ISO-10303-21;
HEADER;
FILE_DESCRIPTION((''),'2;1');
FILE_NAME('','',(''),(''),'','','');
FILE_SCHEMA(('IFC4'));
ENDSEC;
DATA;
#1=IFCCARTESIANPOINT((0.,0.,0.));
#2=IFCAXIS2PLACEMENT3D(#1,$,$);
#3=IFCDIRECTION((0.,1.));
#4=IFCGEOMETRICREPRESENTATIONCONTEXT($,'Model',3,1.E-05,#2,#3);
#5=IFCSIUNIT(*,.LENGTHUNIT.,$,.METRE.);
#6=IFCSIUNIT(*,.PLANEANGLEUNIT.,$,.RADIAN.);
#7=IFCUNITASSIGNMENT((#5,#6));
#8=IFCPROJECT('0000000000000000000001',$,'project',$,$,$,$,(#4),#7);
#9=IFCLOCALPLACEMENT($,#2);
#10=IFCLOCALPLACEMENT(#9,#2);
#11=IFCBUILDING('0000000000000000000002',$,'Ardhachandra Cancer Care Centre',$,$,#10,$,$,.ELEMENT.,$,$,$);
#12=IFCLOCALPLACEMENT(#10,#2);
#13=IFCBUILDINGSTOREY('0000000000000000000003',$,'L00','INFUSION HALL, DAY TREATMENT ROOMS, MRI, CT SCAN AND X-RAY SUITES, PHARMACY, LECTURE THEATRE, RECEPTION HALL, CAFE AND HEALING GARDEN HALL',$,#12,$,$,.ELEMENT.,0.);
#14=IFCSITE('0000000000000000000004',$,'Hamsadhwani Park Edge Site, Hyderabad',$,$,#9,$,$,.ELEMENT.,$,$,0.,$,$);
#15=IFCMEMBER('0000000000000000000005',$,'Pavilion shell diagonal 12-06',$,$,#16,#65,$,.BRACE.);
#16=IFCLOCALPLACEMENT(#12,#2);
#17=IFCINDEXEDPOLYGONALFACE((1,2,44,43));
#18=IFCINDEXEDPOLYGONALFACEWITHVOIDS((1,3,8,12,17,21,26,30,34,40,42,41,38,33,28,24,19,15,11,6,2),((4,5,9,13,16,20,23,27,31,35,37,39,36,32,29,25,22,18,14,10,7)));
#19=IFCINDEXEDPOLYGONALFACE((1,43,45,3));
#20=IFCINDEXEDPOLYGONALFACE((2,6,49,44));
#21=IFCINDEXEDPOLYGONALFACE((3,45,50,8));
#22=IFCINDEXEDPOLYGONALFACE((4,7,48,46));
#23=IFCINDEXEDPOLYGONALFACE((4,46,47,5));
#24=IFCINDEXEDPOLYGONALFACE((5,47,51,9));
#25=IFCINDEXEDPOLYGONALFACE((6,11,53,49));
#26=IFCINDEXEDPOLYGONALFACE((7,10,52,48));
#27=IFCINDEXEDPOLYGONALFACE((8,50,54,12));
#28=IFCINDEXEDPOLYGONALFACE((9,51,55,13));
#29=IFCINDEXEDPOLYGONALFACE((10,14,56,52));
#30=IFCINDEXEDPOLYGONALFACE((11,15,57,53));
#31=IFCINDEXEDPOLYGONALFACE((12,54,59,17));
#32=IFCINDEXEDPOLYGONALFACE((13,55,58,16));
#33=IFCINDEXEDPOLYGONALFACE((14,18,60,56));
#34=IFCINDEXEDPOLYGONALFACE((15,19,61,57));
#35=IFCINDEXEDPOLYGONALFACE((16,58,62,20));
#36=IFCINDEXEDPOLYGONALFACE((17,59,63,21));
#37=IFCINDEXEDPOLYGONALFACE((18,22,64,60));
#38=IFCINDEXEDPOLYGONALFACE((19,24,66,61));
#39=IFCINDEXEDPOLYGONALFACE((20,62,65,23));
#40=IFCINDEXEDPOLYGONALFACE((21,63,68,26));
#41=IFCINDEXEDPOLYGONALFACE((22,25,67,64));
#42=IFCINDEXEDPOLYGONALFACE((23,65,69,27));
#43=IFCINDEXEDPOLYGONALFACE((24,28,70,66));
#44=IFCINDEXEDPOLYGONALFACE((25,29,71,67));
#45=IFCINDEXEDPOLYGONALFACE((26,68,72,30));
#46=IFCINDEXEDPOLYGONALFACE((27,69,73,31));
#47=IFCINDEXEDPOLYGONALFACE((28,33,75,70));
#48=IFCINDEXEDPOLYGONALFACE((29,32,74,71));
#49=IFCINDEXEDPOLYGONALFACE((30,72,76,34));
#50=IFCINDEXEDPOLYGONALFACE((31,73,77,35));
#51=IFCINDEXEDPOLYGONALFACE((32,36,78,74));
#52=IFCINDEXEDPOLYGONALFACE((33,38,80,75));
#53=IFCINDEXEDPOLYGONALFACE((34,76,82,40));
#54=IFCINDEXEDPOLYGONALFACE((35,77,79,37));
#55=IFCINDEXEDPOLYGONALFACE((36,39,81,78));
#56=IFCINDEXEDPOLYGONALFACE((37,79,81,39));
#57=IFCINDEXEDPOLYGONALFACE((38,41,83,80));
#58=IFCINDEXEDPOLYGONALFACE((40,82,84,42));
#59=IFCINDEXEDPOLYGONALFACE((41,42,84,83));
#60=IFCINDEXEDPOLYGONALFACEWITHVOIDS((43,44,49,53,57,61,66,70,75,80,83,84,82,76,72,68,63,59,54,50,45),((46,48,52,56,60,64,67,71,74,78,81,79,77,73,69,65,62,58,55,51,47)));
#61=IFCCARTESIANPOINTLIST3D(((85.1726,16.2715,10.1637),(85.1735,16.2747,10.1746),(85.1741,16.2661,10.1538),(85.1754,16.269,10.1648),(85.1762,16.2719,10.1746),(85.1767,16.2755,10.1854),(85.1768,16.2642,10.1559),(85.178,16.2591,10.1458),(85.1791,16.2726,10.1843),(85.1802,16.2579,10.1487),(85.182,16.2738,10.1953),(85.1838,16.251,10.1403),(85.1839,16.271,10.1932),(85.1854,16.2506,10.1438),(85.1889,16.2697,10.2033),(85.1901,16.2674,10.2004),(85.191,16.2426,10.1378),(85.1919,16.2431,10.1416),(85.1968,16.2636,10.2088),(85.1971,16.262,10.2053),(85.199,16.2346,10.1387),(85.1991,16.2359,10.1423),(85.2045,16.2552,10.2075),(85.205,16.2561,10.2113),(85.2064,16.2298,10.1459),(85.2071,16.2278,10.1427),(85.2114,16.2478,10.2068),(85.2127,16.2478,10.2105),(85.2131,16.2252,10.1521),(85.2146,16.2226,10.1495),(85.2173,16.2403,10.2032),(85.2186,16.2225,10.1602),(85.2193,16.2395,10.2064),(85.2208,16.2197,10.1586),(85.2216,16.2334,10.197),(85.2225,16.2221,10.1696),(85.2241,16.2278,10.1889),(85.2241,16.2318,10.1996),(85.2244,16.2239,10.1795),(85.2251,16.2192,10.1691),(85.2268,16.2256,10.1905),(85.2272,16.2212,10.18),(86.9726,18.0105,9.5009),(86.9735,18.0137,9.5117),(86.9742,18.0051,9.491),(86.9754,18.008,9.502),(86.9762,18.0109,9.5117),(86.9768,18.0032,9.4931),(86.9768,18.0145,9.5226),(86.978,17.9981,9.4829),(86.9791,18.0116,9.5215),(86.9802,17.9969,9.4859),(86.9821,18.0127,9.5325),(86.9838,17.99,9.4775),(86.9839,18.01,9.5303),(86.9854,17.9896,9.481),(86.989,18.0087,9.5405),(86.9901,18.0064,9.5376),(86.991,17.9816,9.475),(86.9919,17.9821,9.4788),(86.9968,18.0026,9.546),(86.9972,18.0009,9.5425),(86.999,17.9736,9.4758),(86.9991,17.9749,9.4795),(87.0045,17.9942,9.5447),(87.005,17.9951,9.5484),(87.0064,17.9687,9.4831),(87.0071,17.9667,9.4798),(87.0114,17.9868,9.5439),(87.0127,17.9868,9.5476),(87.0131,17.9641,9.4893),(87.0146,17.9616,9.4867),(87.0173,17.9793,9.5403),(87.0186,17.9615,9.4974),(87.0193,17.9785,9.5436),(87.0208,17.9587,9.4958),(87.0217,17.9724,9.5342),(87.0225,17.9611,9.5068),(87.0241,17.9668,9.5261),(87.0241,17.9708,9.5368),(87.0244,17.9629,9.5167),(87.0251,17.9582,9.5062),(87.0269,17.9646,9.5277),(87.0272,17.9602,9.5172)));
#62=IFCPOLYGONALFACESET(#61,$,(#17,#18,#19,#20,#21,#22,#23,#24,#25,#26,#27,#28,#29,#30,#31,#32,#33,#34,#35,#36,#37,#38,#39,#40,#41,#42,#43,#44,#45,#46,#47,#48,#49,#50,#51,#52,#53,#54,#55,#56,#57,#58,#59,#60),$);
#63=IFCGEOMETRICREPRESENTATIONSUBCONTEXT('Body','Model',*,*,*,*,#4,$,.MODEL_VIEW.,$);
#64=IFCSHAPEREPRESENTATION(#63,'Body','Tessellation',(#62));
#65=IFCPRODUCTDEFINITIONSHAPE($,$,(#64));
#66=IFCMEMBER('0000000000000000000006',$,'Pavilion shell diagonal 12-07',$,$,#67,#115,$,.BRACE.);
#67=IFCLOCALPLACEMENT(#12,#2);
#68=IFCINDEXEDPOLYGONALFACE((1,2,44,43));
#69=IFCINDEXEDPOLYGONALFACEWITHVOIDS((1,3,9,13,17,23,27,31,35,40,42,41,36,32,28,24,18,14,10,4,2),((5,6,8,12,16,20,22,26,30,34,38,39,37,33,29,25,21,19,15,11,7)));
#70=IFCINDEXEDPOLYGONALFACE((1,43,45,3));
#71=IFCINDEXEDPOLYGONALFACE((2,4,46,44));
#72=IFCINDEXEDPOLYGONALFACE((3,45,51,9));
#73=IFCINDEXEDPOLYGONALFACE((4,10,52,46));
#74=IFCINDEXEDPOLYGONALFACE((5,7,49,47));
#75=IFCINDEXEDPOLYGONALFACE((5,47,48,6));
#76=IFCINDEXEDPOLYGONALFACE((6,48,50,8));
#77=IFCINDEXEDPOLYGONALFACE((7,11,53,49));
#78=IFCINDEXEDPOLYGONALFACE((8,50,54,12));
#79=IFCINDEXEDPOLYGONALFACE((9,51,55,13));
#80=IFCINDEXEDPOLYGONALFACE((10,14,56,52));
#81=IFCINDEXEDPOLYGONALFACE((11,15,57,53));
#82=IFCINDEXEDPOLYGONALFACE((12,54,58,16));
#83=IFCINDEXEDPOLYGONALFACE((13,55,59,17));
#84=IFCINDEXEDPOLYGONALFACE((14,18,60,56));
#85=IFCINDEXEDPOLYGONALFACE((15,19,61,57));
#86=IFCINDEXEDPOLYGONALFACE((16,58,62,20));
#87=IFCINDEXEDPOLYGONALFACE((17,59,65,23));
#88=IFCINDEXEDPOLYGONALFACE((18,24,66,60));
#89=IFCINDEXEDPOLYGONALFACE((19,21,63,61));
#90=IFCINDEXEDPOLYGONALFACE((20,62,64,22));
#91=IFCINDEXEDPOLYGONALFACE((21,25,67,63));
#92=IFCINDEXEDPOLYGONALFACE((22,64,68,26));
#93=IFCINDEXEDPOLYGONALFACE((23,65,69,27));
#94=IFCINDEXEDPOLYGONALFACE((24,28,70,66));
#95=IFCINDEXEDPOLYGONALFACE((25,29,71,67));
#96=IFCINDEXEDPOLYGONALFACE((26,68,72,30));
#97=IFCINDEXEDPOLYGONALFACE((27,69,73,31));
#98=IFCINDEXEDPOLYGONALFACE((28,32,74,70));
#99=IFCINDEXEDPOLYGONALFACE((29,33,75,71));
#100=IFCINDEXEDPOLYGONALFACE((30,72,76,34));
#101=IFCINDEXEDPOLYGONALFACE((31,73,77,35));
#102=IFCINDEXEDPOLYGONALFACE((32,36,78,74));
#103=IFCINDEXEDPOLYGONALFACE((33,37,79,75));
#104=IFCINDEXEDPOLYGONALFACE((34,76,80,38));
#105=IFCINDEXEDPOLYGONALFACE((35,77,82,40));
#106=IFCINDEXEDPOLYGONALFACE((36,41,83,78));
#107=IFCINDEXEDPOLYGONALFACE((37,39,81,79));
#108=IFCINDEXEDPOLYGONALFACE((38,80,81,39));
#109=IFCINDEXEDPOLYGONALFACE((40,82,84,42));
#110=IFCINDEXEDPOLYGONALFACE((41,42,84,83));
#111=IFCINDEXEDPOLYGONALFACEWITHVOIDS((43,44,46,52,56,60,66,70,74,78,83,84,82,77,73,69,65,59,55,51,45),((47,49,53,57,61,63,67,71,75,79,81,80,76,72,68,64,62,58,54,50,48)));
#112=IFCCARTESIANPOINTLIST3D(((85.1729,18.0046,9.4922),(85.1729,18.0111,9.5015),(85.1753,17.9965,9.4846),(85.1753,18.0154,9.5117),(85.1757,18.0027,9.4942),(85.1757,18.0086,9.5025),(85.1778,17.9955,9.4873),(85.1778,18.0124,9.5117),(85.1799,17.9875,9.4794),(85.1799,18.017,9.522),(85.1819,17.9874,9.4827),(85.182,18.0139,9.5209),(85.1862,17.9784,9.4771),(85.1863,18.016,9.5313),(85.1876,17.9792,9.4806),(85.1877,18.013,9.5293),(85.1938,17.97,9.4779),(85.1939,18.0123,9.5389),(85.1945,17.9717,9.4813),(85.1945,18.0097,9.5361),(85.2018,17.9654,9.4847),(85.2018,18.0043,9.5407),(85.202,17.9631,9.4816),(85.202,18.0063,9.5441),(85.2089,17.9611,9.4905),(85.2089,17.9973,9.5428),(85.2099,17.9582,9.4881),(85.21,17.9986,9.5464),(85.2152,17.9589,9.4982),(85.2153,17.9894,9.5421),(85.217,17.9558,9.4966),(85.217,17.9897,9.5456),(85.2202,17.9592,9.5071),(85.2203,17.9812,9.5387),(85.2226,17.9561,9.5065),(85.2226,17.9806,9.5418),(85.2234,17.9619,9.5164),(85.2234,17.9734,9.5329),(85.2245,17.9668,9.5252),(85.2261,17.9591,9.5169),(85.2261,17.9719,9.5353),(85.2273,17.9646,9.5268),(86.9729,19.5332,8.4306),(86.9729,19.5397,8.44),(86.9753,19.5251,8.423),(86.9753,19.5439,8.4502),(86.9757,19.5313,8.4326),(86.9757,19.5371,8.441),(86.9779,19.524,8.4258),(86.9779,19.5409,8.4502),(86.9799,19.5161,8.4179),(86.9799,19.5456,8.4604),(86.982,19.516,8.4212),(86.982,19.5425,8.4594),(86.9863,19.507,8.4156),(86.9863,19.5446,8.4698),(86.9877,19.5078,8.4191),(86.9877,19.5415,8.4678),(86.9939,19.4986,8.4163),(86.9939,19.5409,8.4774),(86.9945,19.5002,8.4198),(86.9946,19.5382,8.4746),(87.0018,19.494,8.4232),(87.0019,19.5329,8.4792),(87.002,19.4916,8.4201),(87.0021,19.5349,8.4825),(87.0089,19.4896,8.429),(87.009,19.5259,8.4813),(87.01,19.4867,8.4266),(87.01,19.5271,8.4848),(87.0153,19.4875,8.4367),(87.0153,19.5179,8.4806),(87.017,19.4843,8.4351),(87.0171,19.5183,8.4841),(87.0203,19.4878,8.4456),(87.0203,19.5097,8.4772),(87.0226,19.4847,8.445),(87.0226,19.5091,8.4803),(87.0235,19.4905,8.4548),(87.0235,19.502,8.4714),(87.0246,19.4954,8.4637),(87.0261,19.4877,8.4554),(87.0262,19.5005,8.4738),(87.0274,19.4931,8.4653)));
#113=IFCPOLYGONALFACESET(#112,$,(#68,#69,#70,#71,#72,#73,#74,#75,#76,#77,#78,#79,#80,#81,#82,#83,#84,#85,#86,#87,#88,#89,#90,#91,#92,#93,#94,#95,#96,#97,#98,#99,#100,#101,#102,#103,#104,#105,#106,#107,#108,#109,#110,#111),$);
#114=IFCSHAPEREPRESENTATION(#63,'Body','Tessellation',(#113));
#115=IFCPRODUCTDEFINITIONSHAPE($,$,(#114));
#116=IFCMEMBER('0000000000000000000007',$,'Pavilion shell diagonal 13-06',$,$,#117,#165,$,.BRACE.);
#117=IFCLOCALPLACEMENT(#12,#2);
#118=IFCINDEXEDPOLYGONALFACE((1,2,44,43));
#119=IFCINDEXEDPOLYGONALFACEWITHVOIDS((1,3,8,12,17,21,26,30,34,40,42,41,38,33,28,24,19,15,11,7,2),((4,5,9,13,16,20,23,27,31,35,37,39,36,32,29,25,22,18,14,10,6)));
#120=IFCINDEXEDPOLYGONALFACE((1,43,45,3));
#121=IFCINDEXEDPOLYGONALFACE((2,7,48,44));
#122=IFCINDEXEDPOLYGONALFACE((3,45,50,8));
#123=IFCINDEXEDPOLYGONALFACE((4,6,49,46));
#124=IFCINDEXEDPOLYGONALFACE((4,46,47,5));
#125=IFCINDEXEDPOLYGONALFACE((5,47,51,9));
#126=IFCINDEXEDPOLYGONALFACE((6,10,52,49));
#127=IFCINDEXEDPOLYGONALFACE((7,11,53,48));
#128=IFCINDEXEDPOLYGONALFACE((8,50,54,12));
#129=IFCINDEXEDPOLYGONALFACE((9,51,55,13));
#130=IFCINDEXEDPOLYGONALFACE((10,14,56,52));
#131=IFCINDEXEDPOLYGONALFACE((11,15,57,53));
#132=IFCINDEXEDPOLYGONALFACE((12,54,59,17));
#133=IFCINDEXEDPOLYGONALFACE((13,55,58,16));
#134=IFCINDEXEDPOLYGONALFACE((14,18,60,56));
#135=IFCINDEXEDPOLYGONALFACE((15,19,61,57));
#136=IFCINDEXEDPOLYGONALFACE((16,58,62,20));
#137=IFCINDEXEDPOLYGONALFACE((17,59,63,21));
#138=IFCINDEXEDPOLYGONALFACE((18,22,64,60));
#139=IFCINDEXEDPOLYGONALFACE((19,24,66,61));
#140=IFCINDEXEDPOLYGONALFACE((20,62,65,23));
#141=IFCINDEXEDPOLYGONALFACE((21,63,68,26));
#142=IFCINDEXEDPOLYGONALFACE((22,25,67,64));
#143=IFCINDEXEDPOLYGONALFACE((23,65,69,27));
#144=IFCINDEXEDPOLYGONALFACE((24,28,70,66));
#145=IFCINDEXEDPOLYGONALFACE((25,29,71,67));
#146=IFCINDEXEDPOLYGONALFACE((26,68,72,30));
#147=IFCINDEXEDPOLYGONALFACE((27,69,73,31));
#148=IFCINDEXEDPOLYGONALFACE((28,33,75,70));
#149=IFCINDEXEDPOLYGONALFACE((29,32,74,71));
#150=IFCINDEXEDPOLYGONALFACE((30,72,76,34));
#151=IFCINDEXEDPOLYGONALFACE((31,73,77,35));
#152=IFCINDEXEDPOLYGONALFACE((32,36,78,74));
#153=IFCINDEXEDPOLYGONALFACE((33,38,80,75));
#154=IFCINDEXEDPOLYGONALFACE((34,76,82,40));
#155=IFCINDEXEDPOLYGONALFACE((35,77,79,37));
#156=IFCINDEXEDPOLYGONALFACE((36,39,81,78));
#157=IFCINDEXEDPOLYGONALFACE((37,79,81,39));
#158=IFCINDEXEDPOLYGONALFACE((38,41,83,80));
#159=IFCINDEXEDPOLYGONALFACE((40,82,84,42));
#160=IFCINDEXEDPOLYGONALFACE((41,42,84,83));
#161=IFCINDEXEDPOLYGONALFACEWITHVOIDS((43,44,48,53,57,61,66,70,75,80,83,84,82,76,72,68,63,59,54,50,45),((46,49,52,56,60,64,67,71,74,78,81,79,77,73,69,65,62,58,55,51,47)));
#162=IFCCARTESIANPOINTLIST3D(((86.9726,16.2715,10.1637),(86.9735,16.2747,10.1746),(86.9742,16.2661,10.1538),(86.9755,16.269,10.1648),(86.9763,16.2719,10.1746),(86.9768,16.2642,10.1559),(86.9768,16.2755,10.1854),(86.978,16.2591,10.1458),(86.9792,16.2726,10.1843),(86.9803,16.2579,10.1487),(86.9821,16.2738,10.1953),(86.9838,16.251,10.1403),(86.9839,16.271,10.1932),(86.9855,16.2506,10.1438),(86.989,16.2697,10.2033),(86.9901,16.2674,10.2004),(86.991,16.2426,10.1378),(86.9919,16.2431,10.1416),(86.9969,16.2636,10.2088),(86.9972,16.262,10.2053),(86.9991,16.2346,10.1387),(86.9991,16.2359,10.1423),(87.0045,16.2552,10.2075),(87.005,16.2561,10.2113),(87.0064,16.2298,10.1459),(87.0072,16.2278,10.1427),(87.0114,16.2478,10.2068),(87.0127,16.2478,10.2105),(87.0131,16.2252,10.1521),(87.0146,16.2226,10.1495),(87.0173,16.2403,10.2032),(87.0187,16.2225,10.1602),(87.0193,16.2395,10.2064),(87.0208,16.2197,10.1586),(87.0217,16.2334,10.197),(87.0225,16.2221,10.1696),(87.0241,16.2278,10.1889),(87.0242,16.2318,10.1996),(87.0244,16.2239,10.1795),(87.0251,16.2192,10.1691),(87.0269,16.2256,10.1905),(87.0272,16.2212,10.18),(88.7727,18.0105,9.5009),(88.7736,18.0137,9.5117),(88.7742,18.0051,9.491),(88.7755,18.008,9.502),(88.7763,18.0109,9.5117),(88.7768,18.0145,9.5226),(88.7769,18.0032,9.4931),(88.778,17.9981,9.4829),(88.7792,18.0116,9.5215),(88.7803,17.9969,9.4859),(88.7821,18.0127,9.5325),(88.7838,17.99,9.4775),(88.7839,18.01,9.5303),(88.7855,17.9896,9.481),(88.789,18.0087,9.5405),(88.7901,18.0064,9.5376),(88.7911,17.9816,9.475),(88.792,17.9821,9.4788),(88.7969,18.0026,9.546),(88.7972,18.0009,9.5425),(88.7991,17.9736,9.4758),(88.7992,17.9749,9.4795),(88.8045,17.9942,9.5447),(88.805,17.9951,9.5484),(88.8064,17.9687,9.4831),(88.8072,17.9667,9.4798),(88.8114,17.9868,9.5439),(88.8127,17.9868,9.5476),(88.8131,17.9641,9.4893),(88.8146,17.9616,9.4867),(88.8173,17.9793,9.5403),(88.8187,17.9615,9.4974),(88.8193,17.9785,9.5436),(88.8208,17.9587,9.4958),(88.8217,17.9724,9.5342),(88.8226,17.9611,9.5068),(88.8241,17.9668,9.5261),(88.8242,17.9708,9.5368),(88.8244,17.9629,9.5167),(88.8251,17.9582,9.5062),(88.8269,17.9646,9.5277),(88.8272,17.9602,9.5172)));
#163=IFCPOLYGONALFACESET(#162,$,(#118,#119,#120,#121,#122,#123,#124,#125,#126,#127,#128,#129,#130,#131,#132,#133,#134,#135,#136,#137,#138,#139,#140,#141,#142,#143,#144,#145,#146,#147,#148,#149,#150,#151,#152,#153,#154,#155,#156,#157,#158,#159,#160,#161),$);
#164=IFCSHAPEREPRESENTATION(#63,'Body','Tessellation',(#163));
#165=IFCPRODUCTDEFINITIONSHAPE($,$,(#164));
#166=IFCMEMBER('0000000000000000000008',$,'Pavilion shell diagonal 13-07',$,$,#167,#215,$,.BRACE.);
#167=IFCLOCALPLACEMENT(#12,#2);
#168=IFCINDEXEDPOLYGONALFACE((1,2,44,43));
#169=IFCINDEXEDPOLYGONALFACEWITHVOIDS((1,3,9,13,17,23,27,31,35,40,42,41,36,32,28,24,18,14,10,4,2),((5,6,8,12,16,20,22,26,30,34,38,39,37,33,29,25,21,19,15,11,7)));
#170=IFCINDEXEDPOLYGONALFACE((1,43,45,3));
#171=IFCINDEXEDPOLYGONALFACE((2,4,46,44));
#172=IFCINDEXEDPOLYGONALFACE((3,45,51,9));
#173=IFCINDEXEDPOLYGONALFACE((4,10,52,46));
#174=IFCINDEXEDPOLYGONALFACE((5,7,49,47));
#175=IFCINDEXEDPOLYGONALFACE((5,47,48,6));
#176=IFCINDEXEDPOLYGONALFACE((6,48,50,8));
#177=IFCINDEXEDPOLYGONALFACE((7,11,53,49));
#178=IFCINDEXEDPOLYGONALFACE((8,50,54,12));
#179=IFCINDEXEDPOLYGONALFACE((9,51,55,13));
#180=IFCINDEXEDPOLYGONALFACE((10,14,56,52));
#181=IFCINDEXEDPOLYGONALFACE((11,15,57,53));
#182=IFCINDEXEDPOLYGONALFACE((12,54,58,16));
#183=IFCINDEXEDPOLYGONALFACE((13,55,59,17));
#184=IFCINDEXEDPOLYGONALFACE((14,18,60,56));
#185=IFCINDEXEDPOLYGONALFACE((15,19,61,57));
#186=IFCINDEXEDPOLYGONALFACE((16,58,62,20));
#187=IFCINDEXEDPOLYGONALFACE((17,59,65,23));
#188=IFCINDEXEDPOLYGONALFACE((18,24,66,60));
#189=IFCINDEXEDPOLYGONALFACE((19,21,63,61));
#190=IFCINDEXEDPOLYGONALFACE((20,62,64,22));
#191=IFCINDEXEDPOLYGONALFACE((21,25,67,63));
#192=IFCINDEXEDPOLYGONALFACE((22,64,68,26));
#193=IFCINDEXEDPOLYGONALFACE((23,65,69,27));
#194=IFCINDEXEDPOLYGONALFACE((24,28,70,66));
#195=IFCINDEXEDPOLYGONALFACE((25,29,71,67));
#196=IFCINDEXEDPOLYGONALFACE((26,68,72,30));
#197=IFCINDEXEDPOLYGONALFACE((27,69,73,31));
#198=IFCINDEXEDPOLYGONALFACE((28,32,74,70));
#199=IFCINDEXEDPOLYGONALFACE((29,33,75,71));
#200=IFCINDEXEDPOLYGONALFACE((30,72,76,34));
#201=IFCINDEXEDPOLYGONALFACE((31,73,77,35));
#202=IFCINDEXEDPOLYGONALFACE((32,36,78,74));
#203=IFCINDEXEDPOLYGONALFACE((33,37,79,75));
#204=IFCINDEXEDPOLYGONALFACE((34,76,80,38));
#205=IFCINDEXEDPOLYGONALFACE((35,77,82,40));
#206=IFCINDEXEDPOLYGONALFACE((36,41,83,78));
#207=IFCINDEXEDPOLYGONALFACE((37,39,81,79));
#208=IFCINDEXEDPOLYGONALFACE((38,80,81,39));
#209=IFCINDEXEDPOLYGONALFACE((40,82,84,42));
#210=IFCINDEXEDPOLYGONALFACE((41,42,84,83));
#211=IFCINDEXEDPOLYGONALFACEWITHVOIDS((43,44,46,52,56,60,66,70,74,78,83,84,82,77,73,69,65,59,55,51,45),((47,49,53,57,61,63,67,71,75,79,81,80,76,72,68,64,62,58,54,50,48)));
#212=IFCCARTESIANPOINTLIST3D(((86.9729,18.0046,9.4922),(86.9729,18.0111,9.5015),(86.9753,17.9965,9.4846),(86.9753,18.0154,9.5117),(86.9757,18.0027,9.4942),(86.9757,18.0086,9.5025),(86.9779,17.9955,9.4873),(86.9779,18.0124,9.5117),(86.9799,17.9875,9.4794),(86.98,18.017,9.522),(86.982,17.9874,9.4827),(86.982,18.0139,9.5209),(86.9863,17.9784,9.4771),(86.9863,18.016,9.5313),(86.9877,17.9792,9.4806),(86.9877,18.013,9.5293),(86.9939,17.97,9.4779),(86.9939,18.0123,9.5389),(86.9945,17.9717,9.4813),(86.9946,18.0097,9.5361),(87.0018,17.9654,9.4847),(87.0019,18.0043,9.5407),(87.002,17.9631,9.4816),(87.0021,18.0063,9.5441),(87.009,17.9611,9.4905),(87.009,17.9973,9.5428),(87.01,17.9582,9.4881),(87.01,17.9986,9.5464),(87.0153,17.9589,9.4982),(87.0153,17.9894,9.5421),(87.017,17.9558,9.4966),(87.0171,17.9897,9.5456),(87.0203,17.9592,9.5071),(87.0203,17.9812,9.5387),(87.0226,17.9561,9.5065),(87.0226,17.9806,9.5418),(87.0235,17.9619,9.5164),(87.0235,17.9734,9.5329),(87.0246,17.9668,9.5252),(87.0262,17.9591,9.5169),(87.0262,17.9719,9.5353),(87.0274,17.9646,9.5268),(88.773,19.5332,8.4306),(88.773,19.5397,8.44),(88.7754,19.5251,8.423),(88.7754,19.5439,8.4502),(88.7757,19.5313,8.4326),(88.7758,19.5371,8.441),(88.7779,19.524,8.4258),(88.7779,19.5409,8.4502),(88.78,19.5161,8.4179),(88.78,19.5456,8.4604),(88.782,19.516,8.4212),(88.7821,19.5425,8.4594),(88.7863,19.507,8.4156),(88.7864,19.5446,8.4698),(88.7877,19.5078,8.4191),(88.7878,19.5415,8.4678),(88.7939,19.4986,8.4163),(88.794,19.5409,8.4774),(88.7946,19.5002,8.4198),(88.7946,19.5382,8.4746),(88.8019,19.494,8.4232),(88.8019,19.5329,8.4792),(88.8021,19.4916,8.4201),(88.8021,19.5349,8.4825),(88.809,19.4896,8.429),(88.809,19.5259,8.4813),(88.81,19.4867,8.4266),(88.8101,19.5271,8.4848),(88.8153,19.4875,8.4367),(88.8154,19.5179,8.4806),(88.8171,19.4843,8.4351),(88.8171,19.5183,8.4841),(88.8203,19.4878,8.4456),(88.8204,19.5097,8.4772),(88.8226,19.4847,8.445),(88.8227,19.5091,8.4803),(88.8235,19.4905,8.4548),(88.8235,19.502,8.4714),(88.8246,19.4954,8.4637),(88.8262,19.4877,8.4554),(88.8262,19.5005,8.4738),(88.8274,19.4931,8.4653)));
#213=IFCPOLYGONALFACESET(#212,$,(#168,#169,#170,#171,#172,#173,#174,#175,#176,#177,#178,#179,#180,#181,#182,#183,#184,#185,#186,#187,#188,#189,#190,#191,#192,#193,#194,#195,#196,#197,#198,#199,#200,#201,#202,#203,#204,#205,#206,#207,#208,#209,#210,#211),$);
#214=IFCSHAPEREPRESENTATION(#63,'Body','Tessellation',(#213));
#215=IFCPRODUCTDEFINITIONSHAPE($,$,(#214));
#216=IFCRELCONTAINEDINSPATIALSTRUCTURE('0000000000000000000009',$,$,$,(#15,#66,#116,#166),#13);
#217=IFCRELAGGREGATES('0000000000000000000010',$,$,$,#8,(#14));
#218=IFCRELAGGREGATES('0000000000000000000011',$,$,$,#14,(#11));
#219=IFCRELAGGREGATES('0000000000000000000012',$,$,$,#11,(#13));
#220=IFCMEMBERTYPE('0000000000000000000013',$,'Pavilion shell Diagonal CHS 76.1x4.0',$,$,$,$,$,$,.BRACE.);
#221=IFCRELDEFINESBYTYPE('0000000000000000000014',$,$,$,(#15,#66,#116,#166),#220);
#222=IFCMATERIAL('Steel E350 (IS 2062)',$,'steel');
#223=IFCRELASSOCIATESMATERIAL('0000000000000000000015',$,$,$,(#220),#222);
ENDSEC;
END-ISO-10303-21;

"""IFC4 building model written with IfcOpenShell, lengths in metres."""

from ifc_helpers import new_model, si_unit, direction, frame, origin, origin_2d, place, context, subcontext, project, spatial, hollow_circle, extrude, material, material_profile, profile_set, type_object, element, save


model = new_model("IFC4")

# Units and contexts
model_context = context("Model", 3, precision=1e-05, world=origin(), true_north=direction((0.0, 1.0)))
body_context = subcontext(model_context, "Body", "Model", "MODEL_VIEW")
ifc_project = project(units=[si_unit("LENGTHUNIT", "METRE"), si_unit("PLANEANGLEUNIT", "RADIAN")], contexts=[model_context])

# Site, building, storey
site_placement = place(None, origin())
site = spatial("IfcSite", under=ifc_project, at=site_placement, Name="Hamsadhwani Park Edge Site, Hyderabad", CompositionType="ELEMENT", RefElevation=0.0)
building_placement = place(site_placement, origin())
building = spatial("IfcBuilding", under=site, at=building_placement, Name="Ardhachandra Cancer Care Centre", CompositionType="ELEMENT")
storey_placement = place(building_placement, origin())
storey = spatial("IfcBuildingStorey", under=building, at=storey_placement, Name="L00", Description="INFUSION HALL, DAY TREATMENT ROOMS, MRI, CT SCAN AND X-RAY SUITES, PHARMACY, LECTURE THEATRE, RECEPTION HALL, CAFE AND HEALING GARDEN HALL", CompositionType="ELEMENT", Elevation=0.0)

# Members
ifc_material_1 = material(Name="Steel E350 (IS 2062)", Category="steel")
ifc_material_profile_1 = material_profile(ifc_material_1, hollow_circle(Radius=0.0381, WallThickness=0.0039, at=origin_2d()), Name="CHS 76.1x4.0")
ifc_profile_set_1 = profile_set([ifc_material_profile_1], Name="Steel E350 (IS 2062)")
member_type_1 = type_object("IfcMemberType", Name="Pavilion shell Diagonal CHS 76.1x4.0", PredefinedType="BRACE", material=ifc_profile_set_1)
for number, where, z_axis, x_axis, name in (
    (1, (85.2, 16.2473, 10.1746), (0.695227, 0.671654, -0.256007), (-0.694809, 0.719195, 0.0), "Pavilion shell diagonal 12-06"),
    (2, (85.2, 17.9863, 9.5117), (0.695237, 0.590381, -0.409995), (-0.647285, 0.762248, 0.0), "Pavilion shell diagonal 12-07"),
    (3, (87.0, 16.2473, 10.1746), (0.695227, 0.671654, -0.256007), (-0.694809, 0.719195, 0.0), "Pavilion shell diagonal 13-06"),
    (4, (87.0, 17.9863, 9.5117), (0.695237, 0.590381, -0.409995), (-0.647285, 0.762248, 0.0), "Pavilion shell diagonal 13-07"),
):
    element("IfcMember", number, at=place(storey_placement, frame(where, z_axis=z_axis, x_axis=x_axis)), inside=storey, type_object=member_type_1, Name=name, PredefinedType="BRACE", context=body_context, shape_type="SweptSolid", body=[
        extrude(hollow_circle(Radius=0.0381, WallThickness=0.0039, at=origin_2d()), origin(), (0.0, 0.0, 1.0), 2.5891),
    ])

save(model, "model.ifc")
